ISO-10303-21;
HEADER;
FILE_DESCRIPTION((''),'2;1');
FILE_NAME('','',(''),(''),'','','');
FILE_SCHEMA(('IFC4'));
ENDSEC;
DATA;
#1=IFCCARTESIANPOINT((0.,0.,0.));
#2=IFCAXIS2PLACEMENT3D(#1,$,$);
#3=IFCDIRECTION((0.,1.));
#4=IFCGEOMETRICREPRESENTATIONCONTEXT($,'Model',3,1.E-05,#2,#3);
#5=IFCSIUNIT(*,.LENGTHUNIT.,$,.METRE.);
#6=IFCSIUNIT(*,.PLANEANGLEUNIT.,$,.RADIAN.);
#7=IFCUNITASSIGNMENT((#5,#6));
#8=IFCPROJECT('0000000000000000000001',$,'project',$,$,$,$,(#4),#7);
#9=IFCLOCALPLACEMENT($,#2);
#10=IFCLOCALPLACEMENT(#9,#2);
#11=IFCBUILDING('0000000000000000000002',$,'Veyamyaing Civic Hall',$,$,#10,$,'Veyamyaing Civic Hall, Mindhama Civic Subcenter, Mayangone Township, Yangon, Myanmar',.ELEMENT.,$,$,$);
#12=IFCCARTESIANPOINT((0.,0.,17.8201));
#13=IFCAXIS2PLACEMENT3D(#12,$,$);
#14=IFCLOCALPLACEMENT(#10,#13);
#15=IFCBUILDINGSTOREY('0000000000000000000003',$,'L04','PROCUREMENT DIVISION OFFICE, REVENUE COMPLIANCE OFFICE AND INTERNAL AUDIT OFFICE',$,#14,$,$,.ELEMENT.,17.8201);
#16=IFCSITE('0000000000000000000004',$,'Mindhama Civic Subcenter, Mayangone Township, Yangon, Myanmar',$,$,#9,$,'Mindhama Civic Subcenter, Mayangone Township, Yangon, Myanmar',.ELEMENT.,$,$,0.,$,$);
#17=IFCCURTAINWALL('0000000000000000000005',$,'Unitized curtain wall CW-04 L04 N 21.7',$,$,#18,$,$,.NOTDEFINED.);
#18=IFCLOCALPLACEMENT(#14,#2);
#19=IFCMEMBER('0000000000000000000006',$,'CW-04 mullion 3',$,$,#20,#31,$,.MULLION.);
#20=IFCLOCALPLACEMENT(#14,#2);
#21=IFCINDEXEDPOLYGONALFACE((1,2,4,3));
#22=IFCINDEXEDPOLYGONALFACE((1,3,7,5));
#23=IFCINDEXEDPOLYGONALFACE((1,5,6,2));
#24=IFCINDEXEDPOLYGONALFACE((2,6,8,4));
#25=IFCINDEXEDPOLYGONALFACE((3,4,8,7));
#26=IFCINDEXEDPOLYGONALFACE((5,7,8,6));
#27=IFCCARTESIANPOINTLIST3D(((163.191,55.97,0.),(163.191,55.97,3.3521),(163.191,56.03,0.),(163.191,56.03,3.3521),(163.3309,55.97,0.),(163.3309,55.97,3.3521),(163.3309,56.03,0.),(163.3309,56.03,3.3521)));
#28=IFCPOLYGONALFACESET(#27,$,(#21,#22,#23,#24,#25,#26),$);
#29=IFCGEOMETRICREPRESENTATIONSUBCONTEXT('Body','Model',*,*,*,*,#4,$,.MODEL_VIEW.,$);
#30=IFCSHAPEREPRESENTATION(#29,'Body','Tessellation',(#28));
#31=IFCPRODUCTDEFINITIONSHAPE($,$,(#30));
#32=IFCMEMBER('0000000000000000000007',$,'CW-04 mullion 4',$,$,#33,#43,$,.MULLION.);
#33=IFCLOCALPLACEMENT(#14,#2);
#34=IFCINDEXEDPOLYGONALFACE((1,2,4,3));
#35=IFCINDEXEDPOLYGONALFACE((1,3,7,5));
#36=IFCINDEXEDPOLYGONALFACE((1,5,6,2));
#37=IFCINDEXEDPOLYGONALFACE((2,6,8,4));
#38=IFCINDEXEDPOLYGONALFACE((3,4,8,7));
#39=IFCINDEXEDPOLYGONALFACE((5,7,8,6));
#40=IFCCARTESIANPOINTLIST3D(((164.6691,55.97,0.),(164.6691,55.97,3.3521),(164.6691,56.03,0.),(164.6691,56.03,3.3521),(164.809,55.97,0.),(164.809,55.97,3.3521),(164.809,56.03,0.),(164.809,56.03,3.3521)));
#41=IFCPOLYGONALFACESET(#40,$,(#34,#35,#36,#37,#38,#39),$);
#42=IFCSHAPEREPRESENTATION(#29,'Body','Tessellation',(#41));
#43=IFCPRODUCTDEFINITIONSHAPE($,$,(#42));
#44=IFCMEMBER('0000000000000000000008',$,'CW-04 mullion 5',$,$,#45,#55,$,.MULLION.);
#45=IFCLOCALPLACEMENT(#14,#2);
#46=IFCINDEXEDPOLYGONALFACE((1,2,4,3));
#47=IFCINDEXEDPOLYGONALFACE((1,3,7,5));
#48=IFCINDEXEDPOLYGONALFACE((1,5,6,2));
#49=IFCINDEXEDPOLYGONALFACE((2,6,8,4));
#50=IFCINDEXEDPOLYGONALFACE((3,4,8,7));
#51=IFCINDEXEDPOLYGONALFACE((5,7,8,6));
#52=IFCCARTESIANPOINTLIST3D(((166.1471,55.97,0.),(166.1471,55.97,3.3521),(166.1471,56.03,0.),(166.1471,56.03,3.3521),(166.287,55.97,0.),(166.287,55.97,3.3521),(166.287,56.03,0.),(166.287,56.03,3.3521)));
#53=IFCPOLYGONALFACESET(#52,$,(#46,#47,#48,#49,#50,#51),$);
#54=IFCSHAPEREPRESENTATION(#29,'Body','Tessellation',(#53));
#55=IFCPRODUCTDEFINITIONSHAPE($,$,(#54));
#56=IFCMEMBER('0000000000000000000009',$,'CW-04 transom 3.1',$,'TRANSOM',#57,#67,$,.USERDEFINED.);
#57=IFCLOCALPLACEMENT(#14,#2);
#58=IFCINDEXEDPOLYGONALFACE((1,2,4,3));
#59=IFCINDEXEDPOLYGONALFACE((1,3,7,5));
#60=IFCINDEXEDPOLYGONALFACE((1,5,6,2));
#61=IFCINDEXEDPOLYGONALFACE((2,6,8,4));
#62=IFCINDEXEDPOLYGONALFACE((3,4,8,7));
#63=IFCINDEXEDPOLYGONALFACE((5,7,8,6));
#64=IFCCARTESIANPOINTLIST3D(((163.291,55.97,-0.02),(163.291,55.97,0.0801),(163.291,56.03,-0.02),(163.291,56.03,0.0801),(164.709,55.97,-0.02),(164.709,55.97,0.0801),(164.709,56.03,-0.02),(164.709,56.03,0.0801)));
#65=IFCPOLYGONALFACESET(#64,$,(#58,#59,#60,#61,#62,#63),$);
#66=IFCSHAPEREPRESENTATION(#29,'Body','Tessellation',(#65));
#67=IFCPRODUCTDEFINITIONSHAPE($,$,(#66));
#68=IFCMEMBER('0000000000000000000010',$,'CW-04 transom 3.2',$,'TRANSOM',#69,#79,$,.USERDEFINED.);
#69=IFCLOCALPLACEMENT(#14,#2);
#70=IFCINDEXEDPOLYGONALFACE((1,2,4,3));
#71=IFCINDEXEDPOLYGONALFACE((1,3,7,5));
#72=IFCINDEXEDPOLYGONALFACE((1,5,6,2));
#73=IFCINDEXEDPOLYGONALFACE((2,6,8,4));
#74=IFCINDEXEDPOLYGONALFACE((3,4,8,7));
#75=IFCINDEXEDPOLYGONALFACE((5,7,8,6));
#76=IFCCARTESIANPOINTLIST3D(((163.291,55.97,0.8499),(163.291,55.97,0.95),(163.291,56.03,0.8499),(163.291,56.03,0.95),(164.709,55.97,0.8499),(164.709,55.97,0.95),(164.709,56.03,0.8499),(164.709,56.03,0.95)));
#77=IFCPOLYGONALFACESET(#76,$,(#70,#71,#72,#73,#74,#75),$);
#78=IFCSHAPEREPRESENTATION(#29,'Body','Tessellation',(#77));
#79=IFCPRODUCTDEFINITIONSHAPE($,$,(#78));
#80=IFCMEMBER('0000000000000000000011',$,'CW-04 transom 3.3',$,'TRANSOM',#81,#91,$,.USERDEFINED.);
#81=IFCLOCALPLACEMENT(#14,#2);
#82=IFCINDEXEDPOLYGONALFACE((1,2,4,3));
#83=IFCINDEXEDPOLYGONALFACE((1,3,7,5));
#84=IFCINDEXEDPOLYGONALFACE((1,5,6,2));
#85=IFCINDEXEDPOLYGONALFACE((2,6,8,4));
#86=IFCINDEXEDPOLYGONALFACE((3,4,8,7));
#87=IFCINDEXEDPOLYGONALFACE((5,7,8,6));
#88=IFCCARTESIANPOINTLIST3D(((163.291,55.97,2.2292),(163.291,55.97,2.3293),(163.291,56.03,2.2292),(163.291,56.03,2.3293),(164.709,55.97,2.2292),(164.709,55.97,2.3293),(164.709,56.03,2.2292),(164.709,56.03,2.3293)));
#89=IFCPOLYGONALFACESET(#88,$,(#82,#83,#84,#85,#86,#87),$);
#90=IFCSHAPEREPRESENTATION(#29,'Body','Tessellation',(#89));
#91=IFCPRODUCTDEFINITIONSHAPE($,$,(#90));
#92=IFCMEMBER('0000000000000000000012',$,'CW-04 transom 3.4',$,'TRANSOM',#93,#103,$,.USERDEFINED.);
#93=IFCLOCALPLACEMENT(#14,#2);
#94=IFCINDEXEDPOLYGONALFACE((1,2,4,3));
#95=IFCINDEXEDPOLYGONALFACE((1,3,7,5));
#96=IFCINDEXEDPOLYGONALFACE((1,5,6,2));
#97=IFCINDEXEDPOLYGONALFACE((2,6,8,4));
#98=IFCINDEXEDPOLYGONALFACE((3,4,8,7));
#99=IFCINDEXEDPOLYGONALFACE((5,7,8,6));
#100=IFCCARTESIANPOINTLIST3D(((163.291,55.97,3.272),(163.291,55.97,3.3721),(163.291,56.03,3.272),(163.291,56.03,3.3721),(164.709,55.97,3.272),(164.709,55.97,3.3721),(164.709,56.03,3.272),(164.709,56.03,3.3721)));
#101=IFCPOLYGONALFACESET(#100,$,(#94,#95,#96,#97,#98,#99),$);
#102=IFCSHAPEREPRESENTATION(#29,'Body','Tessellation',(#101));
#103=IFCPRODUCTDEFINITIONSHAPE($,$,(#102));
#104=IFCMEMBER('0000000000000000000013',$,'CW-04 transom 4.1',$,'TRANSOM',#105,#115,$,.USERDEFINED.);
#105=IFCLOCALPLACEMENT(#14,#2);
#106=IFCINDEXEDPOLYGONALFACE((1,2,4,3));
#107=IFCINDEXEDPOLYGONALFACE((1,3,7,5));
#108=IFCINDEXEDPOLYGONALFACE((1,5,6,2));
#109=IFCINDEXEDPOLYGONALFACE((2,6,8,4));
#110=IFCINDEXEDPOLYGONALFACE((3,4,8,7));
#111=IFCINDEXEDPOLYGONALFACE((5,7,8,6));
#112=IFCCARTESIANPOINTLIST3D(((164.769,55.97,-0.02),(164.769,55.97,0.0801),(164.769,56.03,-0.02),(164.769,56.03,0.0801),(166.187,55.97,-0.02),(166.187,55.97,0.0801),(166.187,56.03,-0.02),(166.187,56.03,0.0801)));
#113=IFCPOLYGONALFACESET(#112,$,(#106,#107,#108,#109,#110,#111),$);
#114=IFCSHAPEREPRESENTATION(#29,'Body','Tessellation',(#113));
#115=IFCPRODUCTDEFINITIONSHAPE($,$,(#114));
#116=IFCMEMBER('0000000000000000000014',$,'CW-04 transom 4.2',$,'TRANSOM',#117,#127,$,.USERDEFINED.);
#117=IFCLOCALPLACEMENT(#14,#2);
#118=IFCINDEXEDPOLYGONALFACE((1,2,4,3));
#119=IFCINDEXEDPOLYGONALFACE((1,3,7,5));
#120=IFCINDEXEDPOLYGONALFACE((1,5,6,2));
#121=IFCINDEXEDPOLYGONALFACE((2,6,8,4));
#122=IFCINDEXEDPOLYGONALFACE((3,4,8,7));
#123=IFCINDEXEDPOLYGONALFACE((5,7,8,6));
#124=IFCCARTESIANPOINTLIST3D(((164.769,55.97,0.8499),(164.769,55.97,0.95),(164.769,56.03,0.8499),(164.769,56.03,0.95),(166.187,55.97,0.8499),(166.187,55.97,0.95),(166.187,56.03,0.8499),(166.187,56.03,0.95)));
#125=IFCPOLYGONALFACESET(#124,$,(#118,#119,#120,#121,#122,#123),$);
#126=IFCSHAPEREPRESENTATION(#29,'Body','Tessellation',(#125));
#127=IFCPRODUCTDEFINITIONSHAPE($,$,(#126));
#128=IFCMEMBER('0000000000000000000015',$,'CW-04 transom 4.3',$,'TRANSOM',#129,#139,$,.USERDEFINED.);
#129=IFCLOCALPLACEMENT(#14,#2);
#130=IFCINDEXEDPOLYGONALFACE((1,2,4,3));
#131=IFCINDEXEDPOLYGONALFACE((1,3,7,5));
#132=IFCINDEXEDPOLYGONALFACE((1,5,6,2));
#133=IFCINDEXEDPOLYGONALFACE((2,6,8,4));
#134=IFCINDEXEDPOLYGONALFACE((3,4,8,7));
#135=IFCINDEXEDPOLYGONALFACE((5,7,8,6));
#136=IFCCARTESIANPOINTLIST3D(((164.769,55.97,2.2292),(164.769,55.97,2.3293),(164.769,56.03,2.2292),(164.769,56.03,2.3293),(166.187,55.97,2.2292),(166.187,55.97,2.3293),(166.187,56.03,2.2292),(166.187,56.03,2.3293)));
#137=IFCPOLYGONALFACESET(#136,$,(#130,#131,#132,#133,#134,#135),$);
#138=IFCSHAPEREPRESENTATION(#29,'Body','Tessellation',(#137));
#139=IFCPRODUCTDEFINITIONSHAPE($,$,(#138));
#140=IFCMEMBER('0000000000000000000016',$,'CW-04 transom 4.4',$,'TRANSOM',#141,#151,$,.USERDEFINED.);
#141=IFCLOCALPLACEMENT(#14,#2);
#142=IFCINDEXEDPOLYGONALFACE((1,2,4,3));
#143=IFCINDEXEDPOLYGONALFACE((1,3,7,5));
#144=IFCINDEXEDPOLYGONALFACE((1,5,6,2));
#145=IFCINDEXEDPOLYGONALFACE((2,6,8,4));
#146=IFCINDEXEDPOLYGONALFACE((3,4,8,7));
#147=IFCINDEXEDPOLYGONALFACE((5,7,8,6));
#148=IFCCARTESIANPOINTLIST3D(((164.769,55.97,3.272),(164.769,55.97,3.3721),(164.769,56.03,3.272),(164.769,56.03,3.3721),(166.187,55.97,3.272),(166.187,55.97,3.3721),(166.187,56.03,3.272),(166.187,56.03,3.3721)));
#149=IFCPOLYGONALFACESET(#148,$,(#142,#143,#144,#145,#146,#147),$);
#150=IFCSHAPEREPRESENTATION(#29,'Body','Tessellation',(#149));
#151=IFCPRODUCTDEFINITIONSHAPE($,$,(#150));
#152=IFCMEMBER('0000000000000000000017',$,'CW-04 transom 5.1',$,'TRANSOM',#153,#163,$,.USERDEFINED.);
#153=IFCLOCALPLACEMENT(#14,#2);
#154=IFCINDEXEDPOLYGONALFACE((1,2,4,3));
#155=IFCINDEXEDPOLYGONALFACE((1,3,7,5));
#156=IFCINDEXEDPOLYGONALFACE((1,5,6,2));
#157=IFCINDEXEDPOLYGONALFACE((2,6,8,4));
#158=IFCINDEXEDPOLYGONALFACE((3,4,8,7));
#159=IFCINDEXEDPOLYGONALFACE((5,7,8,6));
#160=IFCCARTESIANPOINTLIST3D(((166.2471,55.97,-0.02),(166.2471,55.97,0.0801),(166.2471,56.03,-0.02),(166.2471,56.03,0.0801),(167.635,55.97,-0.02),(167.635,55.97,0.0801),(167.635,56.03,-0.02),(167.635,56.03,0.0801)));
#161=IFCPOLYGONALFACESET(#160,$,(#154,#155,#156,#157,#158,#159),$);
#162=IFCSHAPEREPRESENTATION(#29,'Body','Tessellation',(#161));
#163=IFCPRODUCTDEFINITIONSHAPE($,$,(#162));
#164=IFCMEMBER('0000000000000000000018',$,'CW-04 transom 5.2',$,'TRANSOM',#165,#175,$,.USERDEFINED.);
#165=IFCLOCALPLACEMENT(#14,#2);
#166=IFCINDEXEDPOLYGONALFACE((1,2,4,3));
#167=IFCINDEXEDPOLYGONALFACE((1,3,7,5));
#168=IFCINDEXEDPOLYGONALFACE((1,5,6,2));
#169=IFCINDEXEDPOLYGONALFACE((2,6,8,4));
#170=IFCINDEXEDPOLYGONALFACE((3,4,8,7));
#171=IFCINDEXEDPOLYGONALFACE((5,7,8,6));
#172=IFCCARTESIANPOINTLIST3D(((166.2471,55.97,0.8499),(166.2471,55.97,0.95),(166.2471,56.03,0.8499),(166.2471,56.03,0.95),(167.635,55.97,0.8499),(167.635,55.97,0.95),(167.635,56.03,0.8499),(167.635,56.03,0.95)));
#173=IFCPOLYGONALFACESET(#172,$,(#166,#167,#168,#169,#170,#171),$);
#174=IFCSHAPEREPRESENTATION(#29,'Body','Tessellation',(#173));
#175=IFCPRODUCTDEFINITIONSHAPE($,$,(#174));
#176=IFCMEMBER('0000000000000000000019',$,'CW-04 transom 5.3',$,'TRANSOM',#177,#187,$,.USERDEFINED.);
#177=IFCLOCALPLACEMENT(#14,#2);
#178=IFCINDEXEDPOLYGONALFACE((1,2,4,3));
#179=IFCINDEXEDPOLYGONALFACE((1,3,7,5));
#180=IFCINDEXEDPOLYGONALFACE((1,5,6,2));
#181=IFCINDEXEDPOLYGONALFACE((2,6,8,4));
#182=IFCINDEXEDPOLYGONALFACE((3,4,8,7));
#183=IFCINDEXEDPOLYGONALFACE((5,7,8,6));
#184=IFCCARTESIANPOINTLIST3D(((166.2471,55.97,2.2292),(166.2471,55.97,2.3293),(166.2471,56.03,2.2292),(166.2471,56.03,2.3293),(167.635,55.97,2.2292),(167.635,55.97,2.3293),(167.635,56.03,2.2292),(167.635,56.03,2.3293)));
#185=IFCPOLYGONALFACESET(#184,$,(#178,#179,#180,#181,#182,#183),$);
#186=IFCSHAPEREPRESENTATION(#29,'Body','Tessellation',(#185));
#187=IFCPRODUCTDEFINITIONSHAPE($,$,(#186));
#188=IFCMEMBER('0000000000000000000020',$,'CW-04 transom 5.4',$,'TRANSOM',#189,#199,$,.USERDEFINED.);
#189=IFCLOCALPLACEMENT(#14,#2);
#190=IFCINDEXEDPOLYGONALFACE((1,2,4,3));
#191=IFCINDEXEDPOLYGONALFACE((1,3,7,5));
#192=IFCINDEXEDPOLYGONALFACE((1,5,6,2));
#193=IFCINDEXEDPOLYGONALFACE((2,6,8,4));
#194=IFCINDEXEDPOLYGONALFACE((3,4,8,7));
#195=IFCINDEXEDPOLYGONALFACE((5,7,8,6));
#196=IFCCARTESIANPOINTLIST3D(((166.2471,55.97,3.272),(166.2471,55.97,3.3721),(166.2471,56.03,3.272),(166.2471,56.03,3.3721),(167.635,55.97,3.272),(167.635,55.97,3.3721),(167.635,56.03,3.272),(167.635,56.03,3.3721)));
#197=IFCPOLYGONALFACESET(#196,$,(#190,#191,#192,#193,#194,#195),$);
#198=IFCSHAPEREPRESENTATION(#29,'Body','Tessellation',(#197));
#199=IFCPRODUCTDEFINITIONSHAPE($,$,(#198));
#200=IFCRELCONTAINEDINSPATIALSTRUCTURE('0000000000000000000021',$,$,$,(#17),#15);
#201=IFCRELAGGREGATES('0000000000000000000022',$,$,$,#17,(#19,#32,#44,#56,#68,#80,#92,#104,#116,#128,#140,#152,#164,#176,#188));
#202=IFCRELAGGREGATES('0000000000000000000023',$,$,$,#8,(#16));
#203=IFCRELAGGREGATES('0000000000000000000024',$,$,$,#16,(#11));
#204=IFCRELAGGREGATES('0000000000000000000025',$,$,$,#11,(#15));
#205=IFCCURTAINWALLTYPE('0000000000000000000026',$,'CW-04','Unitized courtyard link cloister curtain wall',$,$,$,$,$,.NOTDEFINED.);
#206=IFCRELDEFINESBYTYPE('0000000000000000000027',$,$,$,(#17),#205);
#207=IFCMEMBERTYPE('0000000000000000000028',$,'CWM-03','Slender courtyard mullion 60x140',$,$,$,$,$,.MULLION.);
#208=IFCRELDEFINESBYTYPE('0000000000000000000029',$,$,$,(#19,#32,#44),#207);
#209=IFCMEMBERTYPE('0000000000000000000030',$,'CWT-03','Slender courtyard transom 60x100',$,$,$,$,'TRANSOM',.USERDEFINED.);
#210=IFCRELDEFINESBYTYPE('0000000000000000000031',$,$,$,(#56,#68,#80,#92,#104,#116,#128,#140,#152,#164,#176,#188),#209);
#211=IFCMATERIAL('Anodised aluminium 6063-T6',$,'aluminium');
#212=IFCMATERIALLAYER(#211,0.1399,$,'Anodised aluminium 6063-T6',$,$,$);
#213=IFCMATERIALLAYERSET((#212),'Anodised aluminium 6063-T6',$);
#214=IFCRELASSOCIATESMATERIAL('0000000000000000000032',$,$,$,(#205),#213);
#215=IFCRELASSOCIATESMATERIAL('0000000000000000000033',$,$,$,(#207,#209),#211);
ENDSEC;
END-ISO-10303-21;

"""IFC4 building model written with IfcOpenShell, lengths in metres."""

from ifc_helpers import new_model, si_unit, direction, frame, origin, origin_2d, place, context, subcontext, project, spatial, rectangle, extrude, material, layer, layer_set, material_profile, profile_set, type_object, element, aggregate, save


model = new_model("IFC4")

# Units and contexts
model_context = context("Model", 3, precision=1e-05, world=origin(), true_north=direction((0.0, 1.0)))
body_context = subcontext(model_context, "Body", "Model", "MODEL_VIEW")
ifc_project = project(units=[si_unit("LENGTHUNIT", "METRE"), si_unit("PLANEANGLEUNIT", "RADIAN")], contexts=[model_context])

# Site, building, storey
site_placement = place(None, origin())
site = spatial("IfcSite", under=ifc_project, at=site_placement, Name="Mindhama Civic Subcenter, Mayangone Township, Yangon, Myanmar", LongName="Mindhama Civic Subcenter, Mayangone Township, Yangon, Myanmar", CompositionType="ELEMENT", RefElevation=0.0)
building_placement = place(site_placement, origin())
building = spatial("IfcBuilding", under=site, at=building_placement, Name="Veyamyaing Civic Hall", LongName="Veyamyaing Civic Hall, Mindhama Civic Subcenter, Mayangone Township, Yangon, Myanmar", CompositionType="ELEMENT")
storey_placement = place(building_placement, frame((0.0, 0.0, 17.8201)))
storey = spatial("IfcBuildingStorey", under=building, at=storey_placement, Name="L04", Description="PROCUREMENT DIVISION OFFICE, REVENUE COMPLIANCE OFFICE AND INTERNAL AUDIT OFFICE", CompositionType="ELEMENT", Elevation=17.8201)

# Curtain wall, members
ifc_material_1 = material(Name="Anodised aluminium 6063-T6", Category="aluminium")
ifc_layer_1 = layer(ifc_material_1, 0.1399, Name="Anodised aluminium 6063-T6")
ifc_layer_set_1 = layer_set([ifc_layer_1], Name="Anodised aluminium 6063-T6")
curtain_wall_type = type_object("IfcCurtainWallType", Name="CW-04", Description="Unitized courtyard link cloister curtain wall", PredefinedType="NOTDEFINED", material=ifc_layer_set_1)
curtain_wall_placement = place(storey_placement, origin())
curtain_wall = element("IfcCurtainWall", 1, at=curtain_wall_placement, inside=storey, type_object=curtain_wall_type, Name="Unitized curtain wall CW-04 L04 N 21.7", PredefinedType="NOTDEFINED")
ifc_material_profile_1 = material_profile(ifc_material_1, rectangle(XDim=0.0601, YDim=0.1399, at=origin_2d()), Name="ALU-MUL-60X140")
ifc_profile_set_1 = profile_set([ifc_material_profile_1], Name="Anodised aluminium 6063-T6")
member_type_1 = type_object("IfcMemberType", Name="CWM-03", Description="Slender courtyard mullion 60x140", PredefinedType="MULLION", material=ifc_profile_set_1)
member_1_placement = place(storey_placement, frame((163.261, 56.0, 0.0), z_axis=(0.0, 0.0, 1.0), x_axis=(0.0, 1.0, 0.0)))
member_1 = element("IfcMember", 2, at=member_1_placement, type_object=member_type_1, Name="CW-04 mullion 3", PredefinedType="MULLION", context=body_context, shape_type="SweptSolid", body=[
    extrude(rectangle(XDim=0.0601, YDim=0.1399, at=origin_2d()), origin(), (0.0, 0.0, 1.0), 3.3521),
])
member_2_placement = place(storey_placement, frame((164.739, 56.0, 0.0), z_axis=(0.0, 0.0, 1.0), x_axis=(0.0, 1.0, 0.0)))
member_2 = element("IfcMember", 3, at=member_2_placement, type_object=member_type_1, Name="CW-04 mullion 4", PredefinedType="MULLION", context=body_context, shape_type="SweptSolid", body=[
    extrude(rectangle(XDim=0.0601, YDim=0.1399, at=origin_2d()), origin(), (0.0, 0.0, 1.0), 3.3521),
])
member_3_placement = place(storey_placement, frame((166.217, 56.0, 0.0), z_axis=(0.0, 0.0, 1.0), x_axis=(0.0, 1.0, 0.0)))
member_3 = element("IfcMember", 4, at=member_3_placement, type_object=member_type_1, Name="CW-04 mullion 5", PredefinedType="MULLION", context=body_context, shape_type="SweptSolid", body=[
    extrude(rectangle(XDim=0.0601, YDim=0.1399, at=origin_2d()), origin(), (0.0, 0.0, 1.0), 3.3521),
])
ifc_material_profile_2 = material_profile(ifc_material_1, rectangle(XDim=0.0601, YDim=0.1001, at=origin_2d()), Name="ALU-TRN-60X100")
ifc_profile_set_2 = profile_set([ifc_material_profile_2], Name="Anodised aluminium 6063-T6")
member_type_2 = type_object("IfcMemberType", Name="CWT-03", Description="Slender courtyard transom 60x100", ElementType="TRANSOM", PredefinedType="USERDEFINED", material=ifc_profile_set_2)
member_4_placement = place(storey_placement, frame((163.291, 56.0, 0.03), z_axis=(1.0, 0.0, 0.0), x_axis=(0.0, 1.0, 0.0)))
member_4 = element("IfcMember", 5, at=member_4_placement, type_object=member_type_2, Name="CW-04 transom 3.1", ObjectType="TRANSOM", PredefinedType="USERDEFINED", context=body_context, shape_type="SweptSolid", body=[
    extrude(rectangle(XDim=0.0601, YDim=0.1001, at=origin_2d()), origin(), (0.0, 0.0, 1.0), 1.418),
])
member_5_placement = place(storey_placement, frame((163.291, 56.0, 0.8999), z_axis=(1.0, 0.0, 0.0), x_axis=(0.0, 1.0, 0.0)))
member_5 = element("IfcMember", 6, at=member_5_placement, type_object=member_type_2, Name="CW-04 transom 3.2", ObjectType="TRANSOM", PredefinedType="USERDEFINED", context=body_context, shape_type="SweptSolid", body=[
    extrude(rectangle(XDim=0.0601, YDim=0.1001, at=origin_2d()), origin(), (0.0, 0.0, 1.0), 1.418),
])
member_6_placement = place(storey_placement, frame((163.291, 56.0, 2.2793), z_axis=(1.0, 0.0, 0.0), x_axis=(0.0, 1.0, 0.0)))
member_6 = element("IfcMember", 7, at=member_6_placement, type_object=member_type_2, Name="CW-04 transom 3.3", ObjectType="TRANSOM", PredefinedType="USERDEFINED", context=body_context, shape_type="SweptSolid", body=[
    extrude(rectangle(XDim=0.0601, YDim=0.1001, at=origin_2d()), origin(), (0.0, 0.0, 1.0), 1.418),
])
member_7_placement = place(storey_placement, frame((163.291, 56.0, 3.322), z_axis=(1.0, 0.0, 0.0), x_axis=(0.0, 1.0, 0.0)))
member_7 = element("IfcMember", 8, at=member_7_placement, type_object=member_type_2, Name="CW-04 transom 3.4", ObjectType="TRANSOM", PredefinedType="USERDEFINED", context=body_context, shape_type="SweptSolid", body=[
    extrude(rectangle(XDim=0.0601, YDim=0.1001, at=origin_2d()), origin(), (0.0, 0.0, 1.0), 1.418),
])
member_8_placement = place(storey_placement, frame((164.769, 56.0, 0.03), z_axis=(1.0, 0.0, 0.0), x_axis=(0.0, 1.0, 0.0)))
member_8 = element("IfcMember", 9, at=member_8_placement, type_object=member_type_2, Name="CW-04 transom 4.1", ObjectType="TRANSOM", PredefinedType="USERDEFINED", context=body_context, shape_type="SweptSolid", body=[
    extrude(rectangle(XDim=0.0601, YDim=0.1001, at=origin_2d()), origin(), (0.0, 0.0, 1.0), 1.418),
])
member_9_placement = place(storey_placement, frame((164.769, 56.0, 0.8999), z_axis=(1.0, 0.0, 0.0), x_axis=(0.0, 1.0, 0.0)))
member_9 = element("IfcMember", 10, at=member_9_placement, type_object=member_type_2, Name="CW-04 transom 4.2", ObjectType="TRANSOM", PredefinedType="USERDEFINED", context=body_context, shape_type="SweptSolid", body=[
    extrude(rectangle(XDim=0.0601, YDim=0.1001, at=origin_2d()), origin(), (0.0, 0.0, 1.0), 1.418),
])
member_10_placement = place(storey_placement, frame((164.769, 56.0, 2.2793), z_axis=(1.0, 0.0, 0.0), x_axis=(0.0, 1.0, 0.0)))
member_10 = element("IfcMember", 11, at=member_10_placement, type_object=member_type_2, Name="CW-04 transom 4.3", ObjectType="TRANSOM", PredefinedType="USERDEFINED", context=body_context, shape_type="SweptSolid", body=[
    extrude(rectangle(XDim=0.0601, YDim=0.1001, at=origin_2d()), origin(), (0.0, 0.0, 1.0), 1.418),
])
member_11_placement = place(storey_placement, frame((164.769, 56.0, 3.322), z_axis=(1.0, 0.0, 0.0), x_axis=(0.0, 1.0, 0.0)))
member_11 = element("IfcMember", 12, at=member_11_placement, type_object=member_type_2, Name="CW-04 transom 4.4", ObjectType="TRANSOM", PredefinedType="USERDEFINED", context=body_context, shape_type="SweptSolid", body=[
    extrude(rectangle(XDim=0.0601, YDim=0.1001, at=origin_2d()), origin(), (0.0, 0.0, 1.0), 1.418),
])
member_12_placement = place(storey_placement, frame((166.2471, 56.0, 0.03), z_axis=(1.0, 0.0, 0.0), x_axis=(0.0, 1.0, 0.0)))
member_12 = element("IfcMember", 13, at=member_12_placement, type_object=member_type_2, Name="CW-04 transom 5.1", ObjectType="TRANSOM", PredefinedType="USERDEFINED", context=body_context, shape_type="SweptSolid", body=[
    extrude(rectangle(XDim=0.0601, YDim=0.1001, at=origin_2d()), origin(), (0.0, 0.0, 1.0), 1.3879),
])
member_13_placement = place(storey_placement, frame((166.2471, 56.0, 0.8999), z_axis=(1.0, 0.0, 0.0), x_axis=(0.0, 1.0, 0.0)))
member_13 = element("IfcMember", 14, at=member_13_placement, type_object=member_type_2, Name="CW-04 transom 5.2", ObjectType="TRANSOM", PredefinedType="USERDEFINED", context=body_context, shape_type="SweptSolid", body=[
    extrude(rectangle(XDim=0.0601, YDim=0.1001, at=origin_2d()), origin(), (0.0, 0.0, 1.0), 1.3879),
])
member_14_placement = place(storey_placement, frame((166.2471, 56.0, 2.2793), z_axis=(1.0, 0.0, 0.0), x_axis=(0.0, 1.0, 0.0)))
member_14 = element("IfcMember", 15, at=member_14_placement, type_object=member_type_2, Name="CW-04 transom 5.3", ObjectType="TRANSOM", PredefinedType="USERDEFINED", context=body_context, shape_type="SweptSolid", body=[
    extrude(rectangle(XDim=0.0601, YDim=0.1001, at=origin_2d()), origin(), (0.0, 0.0, 1.0), 1.3879),
])
member_15_placement = place(storey_placement, frame((166.2471, 56.0, 3.322), z_axis=(1.0, 0.0, 0.0), x_axis=(0.0, 1.0, 0.0)))
member_15 = element("IfcMember", 16, at=member_15_placement, type_object=member_type_2, Name="CW-04 transom 5.4", ObjectType="TRANSOM", PredefinedType="USERDEFINED", context=body_context, shape_type="SweptSolid", body=[
    extrude(rectangle(XDim=0.0601, YDim=0.1001, at=origin_2d()), origin(), (0.0, 0.0, 1.0), 1.3879),
])
aggregate(curtain_wall, [member_1, member_2, member_3, member_4, member_5, member_6, member_7, member_8, member_9, member_10, member_11, member_12, member_13, member_14, member_15])

save(model, "model.ifc")
